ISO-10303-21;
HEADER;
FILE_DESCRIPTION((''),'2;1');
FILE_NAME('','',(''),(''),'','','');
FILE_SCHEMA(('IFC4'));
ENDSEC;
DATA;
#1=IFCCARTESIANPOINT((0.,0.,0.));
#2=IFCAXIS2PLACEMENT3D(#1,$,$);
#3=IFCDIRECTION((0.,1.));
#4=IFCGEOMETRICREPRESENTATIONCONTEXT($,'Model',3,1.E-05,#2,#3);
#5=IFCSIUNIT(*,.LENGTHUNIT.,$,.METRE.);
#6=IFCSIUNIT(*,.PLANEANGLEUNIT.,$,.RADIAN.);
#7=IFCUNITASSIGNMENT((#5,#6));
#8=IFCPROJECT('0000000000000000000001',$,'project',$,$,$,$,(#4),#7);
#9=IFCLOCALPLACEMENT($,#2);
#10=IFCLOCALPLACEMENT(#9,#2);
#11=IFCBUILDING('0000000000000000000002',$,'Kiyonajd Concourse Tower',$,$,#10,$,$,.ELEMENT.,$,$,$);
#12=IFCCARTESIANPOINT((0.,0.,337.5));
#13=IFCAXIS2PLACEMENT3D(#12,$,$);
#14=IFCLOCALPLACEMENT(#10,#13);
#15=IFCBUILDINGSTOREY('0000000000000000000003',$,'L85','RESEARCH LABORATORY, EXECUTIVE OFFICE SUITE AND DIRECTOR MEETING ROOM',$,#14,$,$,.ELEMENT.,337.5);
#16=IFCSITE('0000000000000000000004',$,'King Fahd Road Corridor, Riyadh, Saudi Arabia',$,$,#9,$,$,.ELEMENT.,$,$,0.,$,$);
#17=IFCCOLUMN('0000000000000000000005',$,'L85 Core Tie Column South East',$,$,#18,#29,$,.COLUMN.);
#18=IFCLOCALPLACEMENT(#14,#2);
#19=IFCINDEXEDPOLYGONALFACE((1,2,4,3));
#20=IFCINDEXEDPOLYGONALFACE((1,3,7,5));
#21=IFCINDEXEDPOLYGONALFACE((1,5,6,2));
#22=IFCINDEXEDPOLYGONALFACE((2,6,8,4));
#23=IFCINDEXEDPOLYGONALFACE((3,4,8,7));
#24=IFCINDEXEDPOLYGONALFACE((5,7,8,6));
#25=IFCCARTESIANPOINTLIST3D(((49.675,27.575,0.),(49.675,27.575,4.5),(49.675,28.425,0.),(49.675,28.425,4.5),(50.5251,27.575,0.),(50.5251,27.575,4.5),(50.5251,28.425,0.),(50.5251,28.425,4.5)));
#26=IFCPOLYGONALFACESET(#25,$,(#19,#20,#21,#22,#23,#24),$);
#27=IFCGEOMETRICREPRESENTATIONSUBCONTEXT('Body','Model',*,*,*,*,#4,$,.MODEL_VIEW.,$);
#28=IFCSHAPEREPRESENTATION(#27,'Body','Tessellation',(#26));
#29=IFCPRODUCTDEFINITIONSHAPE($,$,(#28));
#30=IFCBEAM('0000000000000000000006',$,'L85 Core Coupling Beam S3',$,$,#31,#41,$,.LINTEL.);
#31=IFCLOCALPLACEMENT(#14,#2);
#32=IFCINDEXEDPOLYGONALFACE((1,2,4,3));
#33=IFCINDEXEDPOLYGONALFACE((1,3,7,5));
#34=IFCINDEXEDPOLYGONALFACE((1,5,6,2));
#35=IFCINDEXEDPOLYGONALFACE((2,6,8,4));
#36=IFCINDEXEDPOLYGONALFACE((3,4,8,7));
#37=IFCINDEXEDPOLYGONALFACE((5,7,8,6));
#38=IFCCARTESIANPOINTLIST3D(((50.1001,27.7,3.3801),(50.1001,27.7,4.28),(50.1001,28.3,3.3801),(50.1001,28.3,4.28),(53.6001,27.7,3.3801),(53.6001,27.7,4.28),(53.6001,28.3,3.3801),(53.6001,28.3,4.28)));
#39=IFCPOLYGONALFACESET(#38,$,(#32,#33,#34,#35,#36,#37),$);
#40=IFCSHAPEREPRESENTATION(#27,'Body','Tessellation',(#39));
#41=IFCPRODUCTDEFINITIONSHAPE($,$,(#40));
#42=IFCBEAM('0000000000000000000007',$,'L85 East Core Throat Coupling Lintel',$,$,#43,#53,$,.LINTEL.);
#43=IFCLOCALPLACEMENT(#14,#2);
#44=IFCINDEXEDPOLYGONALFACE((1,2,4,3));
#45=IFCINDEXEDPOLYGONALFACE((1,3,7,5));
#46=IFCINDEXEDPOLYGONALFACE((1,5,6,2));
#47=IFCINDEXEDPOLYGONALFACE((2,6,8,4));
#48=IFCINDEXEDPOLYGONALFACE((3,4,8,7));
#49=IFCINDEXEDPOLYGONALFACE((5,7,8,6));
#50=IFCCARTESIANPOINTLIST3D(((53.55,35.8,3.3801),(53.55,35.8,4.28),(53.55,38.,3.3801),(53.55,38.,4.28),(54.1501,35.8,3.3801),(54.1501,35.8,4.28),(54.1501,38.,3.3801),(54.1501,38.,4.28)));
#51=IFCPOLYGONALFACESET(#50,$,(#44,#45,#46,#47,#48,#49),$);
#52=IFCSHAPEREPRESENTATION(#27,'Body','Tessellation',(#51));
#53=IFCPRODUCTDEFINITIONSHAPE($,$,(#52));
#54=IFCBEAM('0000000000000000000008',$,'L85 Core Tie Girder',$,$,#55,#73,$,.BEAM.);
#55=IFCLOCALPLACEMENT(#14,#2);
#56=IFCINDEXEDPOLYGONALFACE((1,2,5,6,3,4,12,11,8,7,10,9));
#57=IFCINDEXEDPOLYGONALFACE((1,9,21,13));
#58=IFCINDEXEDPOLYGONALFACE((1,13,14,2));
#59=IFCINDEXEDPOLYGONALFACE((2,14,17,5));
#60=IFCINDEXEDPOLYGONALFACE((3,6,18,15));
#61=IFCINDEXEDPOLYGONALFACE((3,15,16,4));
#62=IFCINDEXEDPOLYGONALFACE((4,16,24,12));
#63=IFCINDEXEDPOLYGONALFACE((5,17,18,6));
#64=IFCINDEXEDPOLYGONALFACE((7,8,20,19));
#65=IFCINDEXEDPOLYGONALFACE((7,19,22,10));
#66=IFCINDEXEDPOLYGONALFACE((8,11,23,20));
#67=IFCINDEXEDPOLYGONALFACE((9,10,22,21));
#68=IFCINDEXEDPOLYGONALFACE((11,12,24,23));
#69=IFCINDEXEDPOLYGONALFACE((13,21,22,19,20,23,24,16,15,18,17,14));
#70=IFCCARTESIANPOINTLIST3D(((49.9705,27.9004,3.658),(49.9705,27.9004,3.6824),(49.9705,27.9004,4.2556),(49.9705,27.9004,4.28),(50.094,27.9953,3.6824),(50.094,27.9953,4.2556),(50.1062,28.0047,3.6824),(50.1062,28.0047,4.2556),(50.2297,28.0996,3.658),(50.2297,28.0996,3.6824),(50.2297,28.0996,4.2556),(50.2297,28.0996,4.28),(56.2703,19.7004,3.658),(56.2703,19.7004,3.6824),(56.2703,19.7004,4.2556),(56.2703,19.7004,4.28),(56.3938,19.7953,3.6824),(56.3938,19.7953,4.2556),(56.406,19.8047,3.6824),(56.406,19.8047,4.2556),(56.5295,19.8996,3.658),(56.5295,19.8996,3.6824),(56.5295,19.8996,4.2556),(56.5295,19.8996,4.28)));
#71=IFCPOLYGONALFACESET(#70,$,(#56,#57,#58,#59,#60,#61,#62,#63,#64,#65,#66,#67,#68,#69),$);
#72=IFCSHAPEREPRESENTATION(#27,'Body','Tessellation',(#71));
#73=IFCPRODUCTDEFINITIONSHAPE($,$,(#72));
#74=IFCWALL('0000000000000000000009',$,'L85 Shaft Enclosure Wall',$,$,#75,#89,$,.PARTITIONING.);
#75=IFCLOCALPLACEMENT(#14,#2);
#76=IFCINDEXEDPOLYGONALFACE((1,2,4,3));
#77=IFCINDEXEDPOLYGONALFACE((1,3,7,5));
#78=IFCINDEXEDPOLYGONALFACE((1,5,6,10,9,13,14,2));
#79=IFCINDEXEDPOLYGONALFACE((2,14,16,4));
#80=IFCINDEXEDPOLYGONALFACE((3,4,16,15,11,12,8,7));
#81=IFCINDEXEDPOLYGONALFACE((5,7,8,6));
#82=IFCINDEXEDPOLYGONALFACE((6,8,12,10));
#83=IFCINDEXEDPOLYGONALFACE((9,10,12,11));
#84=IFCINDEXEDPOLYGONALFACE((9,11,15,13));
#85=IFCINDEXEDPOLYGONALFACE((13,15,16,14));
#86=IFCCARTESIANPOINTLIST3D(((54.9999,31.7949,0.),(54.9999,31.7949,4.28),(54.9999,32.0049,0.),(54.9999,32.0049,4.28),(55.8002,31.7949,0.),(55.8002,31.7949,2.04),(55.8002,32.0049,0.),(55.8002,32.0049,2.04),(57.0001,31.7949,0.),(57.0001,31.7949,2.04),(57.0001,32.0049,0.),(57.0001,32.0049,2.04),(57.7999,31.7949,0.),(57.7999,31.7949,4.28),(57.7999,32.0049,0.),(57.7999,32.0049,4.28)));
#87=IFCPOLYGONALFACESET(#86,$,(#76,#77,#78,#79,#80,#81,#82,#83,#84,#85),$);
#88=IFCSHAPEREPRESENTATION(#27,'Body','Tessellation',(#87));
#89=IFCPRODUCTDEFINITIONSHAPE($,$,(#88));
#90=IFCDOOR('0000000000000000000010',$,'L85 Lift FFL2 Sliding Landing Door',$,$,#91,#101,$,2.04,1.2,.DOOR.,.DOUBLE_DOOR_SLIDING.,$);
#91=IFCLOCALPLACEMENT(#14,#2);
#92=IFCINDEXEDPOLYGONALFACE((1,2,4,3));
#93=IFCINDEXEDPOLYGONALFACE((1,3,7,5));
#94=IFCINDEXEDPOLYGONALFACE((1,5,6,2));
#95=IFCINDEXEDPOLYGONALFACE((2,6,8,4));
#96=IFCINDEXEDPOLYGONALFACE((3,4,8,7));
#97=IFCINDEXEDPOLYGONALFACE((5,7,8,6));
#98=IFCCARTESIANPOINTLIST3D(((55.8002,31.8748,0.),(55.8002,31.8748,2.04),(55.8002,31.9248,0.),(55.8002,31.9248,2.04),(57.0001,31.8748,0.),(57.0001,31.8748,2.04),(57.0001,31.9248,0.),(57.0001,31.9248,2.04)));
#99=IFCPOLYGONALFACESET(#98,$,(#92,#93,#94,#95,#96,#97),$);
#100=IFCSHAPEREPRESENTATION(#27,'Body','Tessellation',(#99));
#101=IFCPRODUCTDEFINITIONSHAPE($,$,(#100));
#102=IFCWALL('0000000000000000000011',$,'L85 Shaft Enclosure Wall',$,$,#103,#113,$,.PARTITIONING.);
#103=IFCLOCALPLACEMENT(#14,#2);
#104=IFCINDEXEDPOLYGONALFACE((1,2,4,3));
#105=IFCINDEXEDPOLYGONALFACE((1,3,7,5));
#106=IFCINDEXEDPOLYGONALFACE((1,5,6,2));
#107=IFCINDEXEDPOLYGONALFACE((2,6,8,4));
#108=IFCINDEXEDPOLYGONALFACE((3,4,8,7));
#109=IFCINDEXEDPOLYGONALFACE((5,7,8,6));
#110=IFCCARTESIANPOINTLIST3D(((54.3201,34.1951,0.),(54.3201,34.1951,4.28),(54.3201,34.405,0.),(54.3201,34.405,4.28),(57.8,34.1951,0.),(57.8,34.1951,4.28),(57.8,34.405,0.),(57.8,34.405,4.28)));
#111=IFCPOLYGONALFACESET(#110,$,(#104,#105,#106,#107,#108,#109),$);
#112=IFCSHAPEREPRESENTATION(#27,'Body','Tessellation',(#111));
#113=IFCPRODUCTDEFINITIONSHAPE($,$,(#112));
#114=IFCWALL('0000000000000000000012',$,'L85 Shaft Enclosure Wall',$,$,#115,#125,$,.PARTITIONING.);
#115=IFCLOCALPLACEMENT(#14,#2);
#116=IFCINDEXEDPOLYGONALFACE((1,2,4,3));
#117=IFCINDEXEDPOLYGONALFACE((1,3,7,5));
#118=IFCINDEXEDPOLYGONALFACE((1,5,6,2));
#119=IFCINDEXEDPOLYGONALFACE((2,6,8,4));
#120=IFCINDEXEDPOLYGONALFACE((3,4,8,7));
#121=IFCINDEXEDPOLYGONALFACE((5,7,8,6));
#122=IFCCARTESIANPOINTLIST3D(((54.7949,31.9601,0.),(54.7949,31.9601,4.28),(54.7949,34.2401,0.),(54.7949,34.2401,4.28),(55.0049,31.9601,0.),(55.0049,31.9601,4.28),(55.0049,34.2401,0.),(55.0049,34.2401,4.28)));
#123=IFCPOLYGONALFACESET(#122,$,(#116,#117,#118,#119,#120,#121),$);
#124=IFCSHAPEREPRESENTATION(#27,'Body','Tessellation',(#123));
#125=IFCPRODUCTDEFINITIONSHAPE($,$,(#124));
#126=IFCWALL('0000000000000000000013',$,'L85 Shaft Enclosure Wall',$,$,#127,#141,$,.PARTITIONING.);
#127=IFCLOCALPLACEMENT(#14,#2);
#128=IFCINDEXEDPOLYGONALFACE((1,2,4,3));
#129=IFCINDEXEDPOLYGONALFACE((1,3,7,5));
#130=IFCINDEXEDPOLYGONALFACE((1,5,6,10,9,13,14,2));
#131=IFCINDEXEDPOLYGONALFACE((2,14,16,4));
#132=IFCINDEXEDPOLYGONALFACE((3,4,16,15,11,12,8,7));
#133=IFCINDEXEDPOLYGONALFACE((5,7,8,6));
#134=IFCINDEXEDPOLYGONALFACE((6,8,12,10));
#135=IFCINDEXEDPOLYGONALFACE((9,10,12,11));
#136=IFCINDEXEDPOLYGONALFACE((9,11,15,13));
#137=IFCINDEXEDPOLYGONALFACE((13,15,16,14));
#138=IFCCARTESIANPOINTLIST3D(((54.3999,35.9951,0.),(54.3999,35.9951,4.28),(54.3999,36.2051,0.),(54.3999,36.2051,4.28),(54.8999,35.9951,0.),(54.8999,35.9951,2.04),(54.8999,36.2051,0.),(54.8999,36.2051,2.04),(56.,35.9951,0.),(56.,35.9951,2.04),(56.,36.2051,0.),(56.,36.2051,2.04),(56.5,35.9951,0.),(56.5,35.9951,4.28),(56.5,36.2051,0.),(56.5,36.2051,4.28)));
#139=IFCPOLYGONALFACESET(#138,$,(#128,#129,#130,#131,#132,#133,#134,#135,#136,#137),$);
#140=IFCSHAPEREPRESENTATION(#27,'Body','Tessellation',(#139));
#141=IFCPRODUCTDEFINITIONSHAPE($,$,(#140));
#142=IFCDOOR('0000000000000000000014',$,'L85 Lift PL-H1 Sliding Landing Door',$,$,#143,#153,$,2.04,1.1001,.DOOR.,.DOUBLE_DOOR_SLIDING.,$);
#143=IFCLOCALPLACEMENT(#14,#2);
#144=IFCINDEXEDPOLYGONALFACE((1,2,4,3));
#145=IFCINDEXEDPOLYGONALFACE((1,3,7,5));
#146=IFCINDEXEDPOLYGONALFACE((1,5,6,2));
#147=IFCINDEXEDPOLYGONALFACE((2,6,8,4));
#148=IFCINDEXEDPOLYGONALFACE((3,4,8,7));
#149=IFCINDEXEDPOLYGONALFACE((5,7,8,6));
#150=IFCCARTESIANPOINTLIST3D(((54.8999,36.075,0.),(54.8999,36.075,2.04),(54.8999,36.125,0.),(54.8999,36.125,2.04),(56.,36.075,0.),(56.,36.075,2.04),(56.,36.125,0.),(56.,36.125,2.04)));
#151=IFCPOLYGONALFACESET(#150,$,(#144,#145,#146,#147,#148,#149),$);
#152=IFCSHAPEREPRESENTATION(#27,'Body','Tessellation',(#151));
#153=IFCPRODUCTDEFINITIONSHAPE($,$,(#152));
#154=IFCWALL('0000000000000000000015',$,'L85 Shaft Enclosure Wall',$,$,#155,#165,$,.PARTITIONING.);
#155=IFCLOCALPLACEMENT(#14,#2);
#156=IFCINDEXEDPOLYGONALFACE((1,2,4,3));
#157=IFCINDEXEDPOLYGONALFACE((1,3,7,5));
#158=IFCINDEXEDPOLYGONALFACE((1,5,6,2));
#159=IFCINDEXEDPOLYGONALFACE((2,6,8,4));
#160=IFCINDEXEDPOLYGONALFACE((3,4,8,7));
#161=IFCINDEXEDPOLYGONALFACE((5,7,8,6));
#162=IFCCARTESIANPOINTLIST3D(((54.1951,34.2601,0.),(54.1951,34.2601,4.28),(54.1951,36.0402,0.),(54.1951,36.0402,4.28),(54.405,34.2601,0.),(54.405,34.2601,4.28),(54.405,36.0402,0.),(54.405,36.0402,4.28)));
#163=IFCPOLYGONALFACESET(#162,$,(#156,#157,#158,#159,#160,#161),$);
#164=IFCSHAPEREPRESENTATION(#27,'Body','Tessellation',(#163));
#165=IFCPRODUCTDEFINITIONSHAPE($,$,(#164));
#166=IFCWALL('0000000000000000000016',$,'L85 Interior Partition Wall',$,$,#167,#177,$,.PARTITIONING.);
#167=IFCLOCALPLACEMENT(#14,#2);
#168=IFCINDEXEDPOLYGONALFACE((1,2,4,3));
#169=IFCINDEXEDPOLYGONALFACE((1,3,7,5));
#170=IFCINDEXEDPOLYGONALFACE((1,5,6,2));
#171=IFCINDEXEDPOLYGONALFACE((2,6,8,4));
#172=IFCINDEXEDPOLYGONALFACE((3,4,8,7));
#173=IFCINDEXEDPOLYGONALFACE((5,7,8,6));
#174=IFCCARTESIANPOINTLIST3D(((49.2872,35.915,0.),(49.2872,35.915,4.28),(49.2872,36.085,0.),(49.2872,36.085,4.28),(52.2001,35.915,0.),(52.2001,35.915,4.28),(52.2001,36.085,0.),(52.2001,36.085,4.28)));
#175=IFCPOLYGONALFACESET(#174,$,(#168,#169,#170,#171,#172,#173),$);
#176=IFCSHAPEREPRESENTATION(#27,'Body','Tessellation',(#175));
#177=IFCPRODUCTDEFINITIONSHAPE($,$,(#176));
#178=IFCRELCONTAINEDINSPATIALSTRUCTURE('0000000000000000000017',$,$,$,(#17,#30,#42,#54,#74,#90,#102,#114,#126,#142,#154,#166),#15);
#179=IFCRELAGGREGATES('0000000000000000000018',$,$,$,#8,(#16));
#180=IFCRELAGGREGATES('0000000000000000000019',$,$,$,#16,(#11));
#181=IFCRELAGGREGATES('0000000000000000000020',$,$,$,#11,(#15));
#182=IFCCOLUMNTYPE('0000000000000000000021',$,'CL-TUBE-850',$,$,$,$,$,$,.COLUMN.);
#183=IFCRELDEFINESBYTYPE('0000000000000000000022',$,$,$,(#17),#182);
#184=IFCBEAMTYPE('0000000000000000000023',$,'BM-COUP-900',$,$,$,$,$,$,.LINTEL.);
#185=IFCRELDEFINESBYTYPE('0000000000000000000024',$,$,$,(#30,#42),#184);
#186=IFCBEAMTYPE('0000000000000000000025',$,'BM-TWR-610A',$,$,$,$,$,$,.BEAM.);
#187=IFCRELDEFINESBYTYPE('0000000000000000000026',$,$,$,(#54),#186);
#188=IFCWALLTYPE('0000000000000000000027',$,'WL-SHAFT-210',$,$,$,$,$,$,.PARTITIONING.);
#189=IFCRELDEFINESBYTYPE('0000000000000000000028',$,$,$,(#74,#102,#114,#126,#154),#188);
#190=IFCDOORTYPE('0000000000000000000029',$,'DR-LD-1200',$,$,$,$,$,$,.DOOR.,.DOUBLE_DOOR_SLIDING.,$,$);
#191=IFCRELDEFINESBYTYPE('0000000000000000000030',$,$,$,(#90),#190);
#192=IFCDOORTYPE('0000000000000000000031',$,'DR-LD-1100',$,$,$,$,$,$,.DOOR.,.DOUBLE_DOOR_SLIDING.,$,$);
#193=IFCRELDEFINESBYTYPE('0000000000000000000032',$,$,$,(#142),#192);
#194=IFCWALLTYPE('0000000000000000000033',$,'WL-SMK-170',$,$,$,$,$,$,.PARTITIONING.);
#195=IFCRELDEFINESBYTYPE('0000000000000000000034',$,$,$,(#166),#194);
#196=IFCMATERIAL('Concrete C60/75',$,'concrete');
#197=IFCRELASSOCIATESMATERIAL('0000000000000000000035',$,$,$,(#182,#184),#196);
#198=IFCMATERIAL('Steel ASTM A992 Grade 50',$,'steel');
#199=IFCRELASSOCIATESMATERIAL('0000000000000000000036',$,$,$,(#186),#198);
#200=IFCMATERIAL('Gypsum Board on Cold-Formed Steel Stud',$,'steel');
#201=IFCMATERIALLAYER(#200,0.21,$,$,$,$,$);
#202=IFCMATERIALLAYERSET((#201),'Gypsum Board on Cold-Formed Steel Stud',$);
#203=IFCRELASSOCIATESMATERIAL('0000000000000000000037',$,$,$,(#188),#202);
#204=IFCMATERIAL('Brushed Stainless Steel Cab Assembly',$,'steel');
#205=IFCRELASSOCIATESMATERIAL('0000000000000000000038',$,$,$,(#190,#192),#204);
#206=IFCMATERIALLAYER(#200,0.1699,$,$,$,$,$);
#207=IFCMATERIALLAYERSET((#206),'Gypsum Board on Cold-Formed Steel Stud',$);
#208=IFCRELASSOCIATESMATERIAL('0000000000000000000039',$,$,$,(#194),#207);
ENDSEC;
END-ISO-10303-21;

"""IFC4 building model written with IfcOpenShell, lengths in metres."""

from ifc_helpers import new_model, si_unit, direction, frame, frame_2d, origin, origin_2d, place, context, subcontext, project, spatial, rectangle, i_section, extrude, material, layer, layer_set, material_profile, profile_set, type_object, element, fill, save


model = new_model("IFC4")

# Units and contexts
model_context = context("Model", 3, precision=1e-05, world=origin(), true_north=direction((0.0, 1.0)))
body_context = subcontext(model_context, "Body", "Model", "MODEL_VIEW")
ifc_project = project(units=[si_unit("LENGTHUNIT", "METRE"), si_unit("PLANEANGLEUNIT", "RADIAN")], contexts=[model_context])

# Site, building, storey
site_placement = place(None, origin())
site = spatial("IfcSite", under=ifc_project, at=site_placement, Name="King Fahd Road Corridor, Riyadh, Saudi Arabia", CompositionType="ELEMENT", RefElevation=0.0)
building_placement = place(site_placement, origin())
building = spatial("IfcBuilding", under=site, at=building_placement, Name="Kiyonajd Concourse Tower", CompositionType="ELEMENT")
storey_placement = place(building_placement, frame((0.0, 0.0, 337.5)))
storey = spatial("IfcBuildingStorey", under=building, at=storey_placement, Name="L85", Description="RESEARCH LABORATORY, EXECUTIVE OFFICE SUITE AND DIRECTOR MEETING ROOM", CompositionType="ELEMENT", Elevation=337.5)

# Column
ifc_material_1 = material(Name="Concrete C60/75", Category="concrete")
ifc_material_profile_1 = material_profile(ifc_material_1, rectangle(XDim=0.8501, YDim=0.8501, at=origin_2d()), Name="RC-850x850")
ifc_profile_set_1 = profile_set([ifc_material_profile_1], Name="Concrete C60/75")
column_type = type_object("IfcColumnType", Name="CL-TUBE-850", PredefinedType="COLUMN", material=ifc_profile_set_1)
column_placement = place(storey_placement, frame((50.1001, 28.0, 0.0), z_axis=(0.0, 0.0, 1.0), x_axis=(1.0, 0.0, 0.0)))
element("IfcColumn", 1, at=column_placement, inside=storey, type_object=column_type, Name="L85 Core Tie Column South East", PredefinedType="COLUMN", context=body_context, shape_type="SweptSolid", body=[
    extrude(rectangle(XDim=0.8501, YDim=0.8501, at=origin_2d()), origin(), (0.0, 0.0, 1.0), 4.5),
])

# Beams
ifc_material_profile_2 = material_profile(ifc_material_1, rectangle(XDim=0.6001, YDim=0.8999, at=origin_2d()), Name="RCBM-600x900")
ifc_profile_set_2 = profile_set([ifc_material_profile_2], Name="Concrete C60/75")
beam_type_1 = type_object("IfcBeamType", Name="BM-COUP-900", PredefinedType="LINTEL", material=ifc_profile_set_2)
beam_1_placement = place(storey_placement, frame((50.1001, 28.0, 3.8301), z_axis=(1.0, 0.0, 0.0), x_axis=(0.0, 1.0, 0.0)))
element("IfcBeam", 2, at=beam_1_placement, inside=storey, type_object=beam_type_1, Name="L85 Core Coupling Beam S3", PredefinedType="LINTEL", context=body_context, shape_type="SweptSolid", body=[
    extrude(rectangle(XDim=0.6001, YDim=0.8999, at=origin_2d()), origin(), (0.0, 0.0, 1.0), 3.5),
])
beam_2_placement = place(storey_placement, frame((53.8501, 35.8, 3.8301), z_axis=(0.0, 1.0, 0.0), x_axis=(-1.0, 0.0, 0.0)))
element("IfcBeam", 3, at=beam_2_placement, inside=storey, type_object=beam_type_1, Name="L85 East Core Throat Coupling Lintel", PredefinedType="LINTEL", context=body_context, shape_type="SweptSolid", body=[
    extrude(rectangle(XDim=0.6001, YDim=0.8999, at=origin_2d()), origin(), (0.0, 0.0, 1.0), 2.2),
])
ifc_material_2 = material(Name="Steel ASTM A992 Grade 50", Category="steel")
ifc_material_profile_3 = material_profile(ifc_material_2, i_section(OverallWidth=0.3269, OverallDepth=0.6221, WebThickness=0.0154, FlangeThickness=0.0244, at=origin_2d()), Name="W610X195")
ifc_profile_set_3 = profile_set([ifc_material_profile_3], Name="Steel ASTM A992 Grade 50")
beam_type_2 = type_object("IfcBeamType", Name="BM-TWR-610A", PredefinedType="BEAM", material=ifc_profile_set_3)
beam_3_placement = place(storey_placement, frame((50.1001, 28.0, 3.969), z_axis=(0.609234, -0.792991, 0.0), x_axis=(0.792991, 0.609234, 0.0)))
element("IfcBeam", 4, at=beam_3_placement, inside=storey, type_object=beam_type_2, Name="L85 Core Tie Girder", PredefinedType="BEAM", context=body_context, shape_type="SweptSolid", body=[
    extrude(i_section(OverallWidth=0.3269, OverallDepth=0.6221, WebThickness=0.0154, FlangeThickness=0.0244, at=origin_2d()), origin(), (0.0, 0.0, 1.0), 10.3406),
])

# Wall, opening, door
ifc_material_3 = material(Name="Gypsum Board on Cold-Formed Steel Stud", Category="steel")
ifc_layer_1 = layer(ifc_material_3, 0.21)
ifc_layer_set_1 = layer_set([ifc_layer_1], Name="Gypsum Board on Cold-Formed Steel Stud")
wall_type_1 = type_object("IfcWallType", Name="WL-SHAFT-210", PredefinedType="PARTITIONING", material=ifc_layer_set_1)
wall_1_placement = place(storey_placement, frame((55.0, 31.8999, 0.0), z_axis=(0.0, 0.0, 1.0), x_axis=(1.0, 0.0, 0.0)))
wall_1 = element("IfcWall", 5, at=wall_1_placement, inside=storey, type_object=wall_type_1, Name="L85 Shaft Enclosure Wall", PredefinedType="PARTITIONING", context=body_context, shape_type="SweptSolid", body=[
    extrude(rectangle(XDim=2.8, YDim=0.21, at=frame_2d((1.3999, 0.0))), origin(), (0.0, 0.0, 1.0), 4.28),
])
opening_1_placement = place(wall_1_placement, frame((0.8, 0.0, 0.0)))
opening_1 = element("IfcOpeningElement", 6, at=opening_1_placement, cuts=wall_1, PredefinedType="OPENING", context=body_context, shape_type="SweptSolid", body=[
    extrude(rectangle(XDim=1.2, YDim=2.04, at=frame_2d((0.6001, 1.02))), frame((0.0, 0.115, 0.0), z_axis=(0.0, -1.0, 0.0), x_axis=(1.0, 0.0, 0.0)), (0.0, 0.0, 1.0), 0.23),
])
ifc_material_4 = material(Name="Brushed Stainless Steel Cab Assembly", Category="steel")
door_type_1 = type_object("IfcDoorType", Name="DR-LD-1200", OperationType="DOUBLE_DOOR_SLIDING", PredefinedType="DOOR", material=ifc_material_4)
door_1_placement = place(opening_1_placement, origin())
door_1 = element("IfcDoor", 7, at=door_1_placement, inside=storey, type_object=door_type_1, Name="L85 Lift FFL2 Sliding Landing Door", OperationType="DOUBLE_DOOR_SLIDING", OverallHeight=2.04, OverallWidth=1.2, PredefinedType="DOOR", context=body_context, shape_type="SweptSolid", body=[
    extrude(rectangle(XDim=1.2, YDim=2.04, at=frame_2d((0.6001, 1.02))), frame((0.0, 0.0249, 0.0), z_axis=(0.0, -1.0, 0.0), x_axis=(1.0, 0.0, 0.0)), (0.0, 0.0, 1.0), 0.05),
])
fill(opening_1, door_1)

# Walls
wall_2_placement = place(storey_placement, frame((54.3201, 34.3, 0.0), z_axis=(0.0, 0.0, 1.0), x_axis=(1.0, 0.0, 0.0)))
element("IfcWall", 8, at=wall_2_placement, inside=storey, type_object=wall_type_1, Name="L85 Shaft Enclosure Wall", PredefinedType="PARTITIONING", context=body_context, shape_type="SweptSolid", body=[
    extrude(rectangle(XDim=3.48, YDim=0.21, at=frame_2d((1.74, 0.0))), origin(), (0.0, 0.0, 1.0), 4.28),
])
wall_3_placement = place(storey_placement, frame((54.8999, 31.96, 0.0), z_axis=(0.0, 0.0, 1.0), x_axis=(0.0, 1.0, 0.0)))
element("IfcWall", 9, at=wall_3_placement, inside=storey, type_object=wall_type_1, Name="L85 Shaft Enclosure Wall", PredefinedType="PARTITIONING", context=body_context, shape_type="SweptSolid", body=[
    extrude(rectangle(XDim=2.28, YDim=0.21, at=frame_2d((1.1401, 0.0))), origin(), (0.0, 0.0, 1.0), 4.28),
])

# Wall, opening, door
wall_4_placement = place(storey_placement, frame((54.3999, 36.1001, 0.0), z_axis=(0.0, 0.0, 1.0), x_axis=(1.0, 0.0, 0.0)))
wall_4 = element("IfcWall", 10, at=wall_4_placement, inside=storey, type_object=wall_type_1, Name="L85 Shaft Enclosure Wall", PredefinedType="PARTITIONING", context=body_context, shape_type="SweptSolid", body=[
    extrude(rectangle(XDim=2.1001, YDim=0.21, at=frame_2d((1.05, 0.0))), origin(), (0.0, 0.0, 1.0), 4.28),
])
opening_2_placement = place(wall_4_placement, frame((0.5, 0.0, 0.0)))
opening_2 = element("IfcOpeningElement", 11, at=opening_2_placement, cuts=wall_4, PredefinedType="OPENING", context=body_context, shape_type="SweptSolid", body=[
    extrude(rectangle(XDim=1.1001, YDim=2.04, at=frame_2d((0.55, 1.02))), frame((0.0, 0.115, 0.0), z_axis=(0.0, -1.0, 0.0), x_axis=(1.0, 0.0, 0.0)), (0.0, 0.0, 1.0), 0.23),
])
door_type_2 = type_object("IfcDoorType", Name="DR-LD-1100", OperationType="DOUBLE_DOOR_SLIDING", PredefinedType="DOOR", material=ifc_material_4)
door_2_placement = place(opening_2_placement, origin())
door_2 = element("IfcDoor", 12, at=door_2_placement, inside=storey, type_object=door_type_2, Name="L85 Lift PL-H1 Sliding Landing Door", OperationType="DOUBLE_DOOR_SLIDING", OverallHeight=2.04, OverallWidth=1.1001, PredefinedType="DOOR", context=body_context, shape_type="SweptSolid", body=[
    extrude(rectangle(XDim=1.1001, YDim=2.04, at=frame_2d((0.55, 1.02))), frame((0.0, 0.0249, 0.0), z_axis=(0.0, -1.0, 0.0), x_axis=(1.0, 0.0, 0.0)), (0.0, 0.0, 1.0), 0.05),
])
fill(opening_2, door_2)

# Walls
wall_5_placement = place(storey_placement, frame((54.3, 34.26, 0.0), z_axis=(0.0, 0.0, 1.0), x_axis=(0.0, 1.0, 0.0)))
element("IfcWall", 13, at=wall_5_placement, inside=storey, type_object=wall_type_1, Name="L85 Shaft Enclosure Wall", PredefinedType="PARTITIONING", context=body_context, shape_type="SweptSolid", body=[
    extrude(rectangle(XDim=1.78, YDim=0.21, at=frame_2d((0.8901, 0.0))), origin(), (0.0, 0.0, 1.0), 4.28),
])
ifc_layer_2 = layer(ifc_material_3, 0.1699)
ifc_layer_set_2 = layer_set([ifc_layer_2], Name="Gypsum Board on Cold-Formed Steel Stud")
wall_type_2 = type_object("IfcWallType", Name="WL-SMK-170", PredefinedType="PARTITIONING", material=ifc_layer_set_2)
wall_6_placement = place(storey_placement, frame((49.2871, 36.0, 0.0), z_axis=(0.0, 0.0, 1.0), x_axis=(1.0, 0.0, 0.0)))
element("IfcWall", 14, at=wall_6_placement, inside=storey, type_object=wall_type_2, Name="L85 Interior Partition Wall", PredefinedType="PARTITIONING", context=body_context, shape_type="SweptSolid", body=[
    extrude(rectangle(XDim=2.9128, YDim=0.1699, at=frame_2d((1.4565, 0.0))), origin(), (0.0, 0.0, 1.0), 4.28),
])

save(model, "model.ifc")
